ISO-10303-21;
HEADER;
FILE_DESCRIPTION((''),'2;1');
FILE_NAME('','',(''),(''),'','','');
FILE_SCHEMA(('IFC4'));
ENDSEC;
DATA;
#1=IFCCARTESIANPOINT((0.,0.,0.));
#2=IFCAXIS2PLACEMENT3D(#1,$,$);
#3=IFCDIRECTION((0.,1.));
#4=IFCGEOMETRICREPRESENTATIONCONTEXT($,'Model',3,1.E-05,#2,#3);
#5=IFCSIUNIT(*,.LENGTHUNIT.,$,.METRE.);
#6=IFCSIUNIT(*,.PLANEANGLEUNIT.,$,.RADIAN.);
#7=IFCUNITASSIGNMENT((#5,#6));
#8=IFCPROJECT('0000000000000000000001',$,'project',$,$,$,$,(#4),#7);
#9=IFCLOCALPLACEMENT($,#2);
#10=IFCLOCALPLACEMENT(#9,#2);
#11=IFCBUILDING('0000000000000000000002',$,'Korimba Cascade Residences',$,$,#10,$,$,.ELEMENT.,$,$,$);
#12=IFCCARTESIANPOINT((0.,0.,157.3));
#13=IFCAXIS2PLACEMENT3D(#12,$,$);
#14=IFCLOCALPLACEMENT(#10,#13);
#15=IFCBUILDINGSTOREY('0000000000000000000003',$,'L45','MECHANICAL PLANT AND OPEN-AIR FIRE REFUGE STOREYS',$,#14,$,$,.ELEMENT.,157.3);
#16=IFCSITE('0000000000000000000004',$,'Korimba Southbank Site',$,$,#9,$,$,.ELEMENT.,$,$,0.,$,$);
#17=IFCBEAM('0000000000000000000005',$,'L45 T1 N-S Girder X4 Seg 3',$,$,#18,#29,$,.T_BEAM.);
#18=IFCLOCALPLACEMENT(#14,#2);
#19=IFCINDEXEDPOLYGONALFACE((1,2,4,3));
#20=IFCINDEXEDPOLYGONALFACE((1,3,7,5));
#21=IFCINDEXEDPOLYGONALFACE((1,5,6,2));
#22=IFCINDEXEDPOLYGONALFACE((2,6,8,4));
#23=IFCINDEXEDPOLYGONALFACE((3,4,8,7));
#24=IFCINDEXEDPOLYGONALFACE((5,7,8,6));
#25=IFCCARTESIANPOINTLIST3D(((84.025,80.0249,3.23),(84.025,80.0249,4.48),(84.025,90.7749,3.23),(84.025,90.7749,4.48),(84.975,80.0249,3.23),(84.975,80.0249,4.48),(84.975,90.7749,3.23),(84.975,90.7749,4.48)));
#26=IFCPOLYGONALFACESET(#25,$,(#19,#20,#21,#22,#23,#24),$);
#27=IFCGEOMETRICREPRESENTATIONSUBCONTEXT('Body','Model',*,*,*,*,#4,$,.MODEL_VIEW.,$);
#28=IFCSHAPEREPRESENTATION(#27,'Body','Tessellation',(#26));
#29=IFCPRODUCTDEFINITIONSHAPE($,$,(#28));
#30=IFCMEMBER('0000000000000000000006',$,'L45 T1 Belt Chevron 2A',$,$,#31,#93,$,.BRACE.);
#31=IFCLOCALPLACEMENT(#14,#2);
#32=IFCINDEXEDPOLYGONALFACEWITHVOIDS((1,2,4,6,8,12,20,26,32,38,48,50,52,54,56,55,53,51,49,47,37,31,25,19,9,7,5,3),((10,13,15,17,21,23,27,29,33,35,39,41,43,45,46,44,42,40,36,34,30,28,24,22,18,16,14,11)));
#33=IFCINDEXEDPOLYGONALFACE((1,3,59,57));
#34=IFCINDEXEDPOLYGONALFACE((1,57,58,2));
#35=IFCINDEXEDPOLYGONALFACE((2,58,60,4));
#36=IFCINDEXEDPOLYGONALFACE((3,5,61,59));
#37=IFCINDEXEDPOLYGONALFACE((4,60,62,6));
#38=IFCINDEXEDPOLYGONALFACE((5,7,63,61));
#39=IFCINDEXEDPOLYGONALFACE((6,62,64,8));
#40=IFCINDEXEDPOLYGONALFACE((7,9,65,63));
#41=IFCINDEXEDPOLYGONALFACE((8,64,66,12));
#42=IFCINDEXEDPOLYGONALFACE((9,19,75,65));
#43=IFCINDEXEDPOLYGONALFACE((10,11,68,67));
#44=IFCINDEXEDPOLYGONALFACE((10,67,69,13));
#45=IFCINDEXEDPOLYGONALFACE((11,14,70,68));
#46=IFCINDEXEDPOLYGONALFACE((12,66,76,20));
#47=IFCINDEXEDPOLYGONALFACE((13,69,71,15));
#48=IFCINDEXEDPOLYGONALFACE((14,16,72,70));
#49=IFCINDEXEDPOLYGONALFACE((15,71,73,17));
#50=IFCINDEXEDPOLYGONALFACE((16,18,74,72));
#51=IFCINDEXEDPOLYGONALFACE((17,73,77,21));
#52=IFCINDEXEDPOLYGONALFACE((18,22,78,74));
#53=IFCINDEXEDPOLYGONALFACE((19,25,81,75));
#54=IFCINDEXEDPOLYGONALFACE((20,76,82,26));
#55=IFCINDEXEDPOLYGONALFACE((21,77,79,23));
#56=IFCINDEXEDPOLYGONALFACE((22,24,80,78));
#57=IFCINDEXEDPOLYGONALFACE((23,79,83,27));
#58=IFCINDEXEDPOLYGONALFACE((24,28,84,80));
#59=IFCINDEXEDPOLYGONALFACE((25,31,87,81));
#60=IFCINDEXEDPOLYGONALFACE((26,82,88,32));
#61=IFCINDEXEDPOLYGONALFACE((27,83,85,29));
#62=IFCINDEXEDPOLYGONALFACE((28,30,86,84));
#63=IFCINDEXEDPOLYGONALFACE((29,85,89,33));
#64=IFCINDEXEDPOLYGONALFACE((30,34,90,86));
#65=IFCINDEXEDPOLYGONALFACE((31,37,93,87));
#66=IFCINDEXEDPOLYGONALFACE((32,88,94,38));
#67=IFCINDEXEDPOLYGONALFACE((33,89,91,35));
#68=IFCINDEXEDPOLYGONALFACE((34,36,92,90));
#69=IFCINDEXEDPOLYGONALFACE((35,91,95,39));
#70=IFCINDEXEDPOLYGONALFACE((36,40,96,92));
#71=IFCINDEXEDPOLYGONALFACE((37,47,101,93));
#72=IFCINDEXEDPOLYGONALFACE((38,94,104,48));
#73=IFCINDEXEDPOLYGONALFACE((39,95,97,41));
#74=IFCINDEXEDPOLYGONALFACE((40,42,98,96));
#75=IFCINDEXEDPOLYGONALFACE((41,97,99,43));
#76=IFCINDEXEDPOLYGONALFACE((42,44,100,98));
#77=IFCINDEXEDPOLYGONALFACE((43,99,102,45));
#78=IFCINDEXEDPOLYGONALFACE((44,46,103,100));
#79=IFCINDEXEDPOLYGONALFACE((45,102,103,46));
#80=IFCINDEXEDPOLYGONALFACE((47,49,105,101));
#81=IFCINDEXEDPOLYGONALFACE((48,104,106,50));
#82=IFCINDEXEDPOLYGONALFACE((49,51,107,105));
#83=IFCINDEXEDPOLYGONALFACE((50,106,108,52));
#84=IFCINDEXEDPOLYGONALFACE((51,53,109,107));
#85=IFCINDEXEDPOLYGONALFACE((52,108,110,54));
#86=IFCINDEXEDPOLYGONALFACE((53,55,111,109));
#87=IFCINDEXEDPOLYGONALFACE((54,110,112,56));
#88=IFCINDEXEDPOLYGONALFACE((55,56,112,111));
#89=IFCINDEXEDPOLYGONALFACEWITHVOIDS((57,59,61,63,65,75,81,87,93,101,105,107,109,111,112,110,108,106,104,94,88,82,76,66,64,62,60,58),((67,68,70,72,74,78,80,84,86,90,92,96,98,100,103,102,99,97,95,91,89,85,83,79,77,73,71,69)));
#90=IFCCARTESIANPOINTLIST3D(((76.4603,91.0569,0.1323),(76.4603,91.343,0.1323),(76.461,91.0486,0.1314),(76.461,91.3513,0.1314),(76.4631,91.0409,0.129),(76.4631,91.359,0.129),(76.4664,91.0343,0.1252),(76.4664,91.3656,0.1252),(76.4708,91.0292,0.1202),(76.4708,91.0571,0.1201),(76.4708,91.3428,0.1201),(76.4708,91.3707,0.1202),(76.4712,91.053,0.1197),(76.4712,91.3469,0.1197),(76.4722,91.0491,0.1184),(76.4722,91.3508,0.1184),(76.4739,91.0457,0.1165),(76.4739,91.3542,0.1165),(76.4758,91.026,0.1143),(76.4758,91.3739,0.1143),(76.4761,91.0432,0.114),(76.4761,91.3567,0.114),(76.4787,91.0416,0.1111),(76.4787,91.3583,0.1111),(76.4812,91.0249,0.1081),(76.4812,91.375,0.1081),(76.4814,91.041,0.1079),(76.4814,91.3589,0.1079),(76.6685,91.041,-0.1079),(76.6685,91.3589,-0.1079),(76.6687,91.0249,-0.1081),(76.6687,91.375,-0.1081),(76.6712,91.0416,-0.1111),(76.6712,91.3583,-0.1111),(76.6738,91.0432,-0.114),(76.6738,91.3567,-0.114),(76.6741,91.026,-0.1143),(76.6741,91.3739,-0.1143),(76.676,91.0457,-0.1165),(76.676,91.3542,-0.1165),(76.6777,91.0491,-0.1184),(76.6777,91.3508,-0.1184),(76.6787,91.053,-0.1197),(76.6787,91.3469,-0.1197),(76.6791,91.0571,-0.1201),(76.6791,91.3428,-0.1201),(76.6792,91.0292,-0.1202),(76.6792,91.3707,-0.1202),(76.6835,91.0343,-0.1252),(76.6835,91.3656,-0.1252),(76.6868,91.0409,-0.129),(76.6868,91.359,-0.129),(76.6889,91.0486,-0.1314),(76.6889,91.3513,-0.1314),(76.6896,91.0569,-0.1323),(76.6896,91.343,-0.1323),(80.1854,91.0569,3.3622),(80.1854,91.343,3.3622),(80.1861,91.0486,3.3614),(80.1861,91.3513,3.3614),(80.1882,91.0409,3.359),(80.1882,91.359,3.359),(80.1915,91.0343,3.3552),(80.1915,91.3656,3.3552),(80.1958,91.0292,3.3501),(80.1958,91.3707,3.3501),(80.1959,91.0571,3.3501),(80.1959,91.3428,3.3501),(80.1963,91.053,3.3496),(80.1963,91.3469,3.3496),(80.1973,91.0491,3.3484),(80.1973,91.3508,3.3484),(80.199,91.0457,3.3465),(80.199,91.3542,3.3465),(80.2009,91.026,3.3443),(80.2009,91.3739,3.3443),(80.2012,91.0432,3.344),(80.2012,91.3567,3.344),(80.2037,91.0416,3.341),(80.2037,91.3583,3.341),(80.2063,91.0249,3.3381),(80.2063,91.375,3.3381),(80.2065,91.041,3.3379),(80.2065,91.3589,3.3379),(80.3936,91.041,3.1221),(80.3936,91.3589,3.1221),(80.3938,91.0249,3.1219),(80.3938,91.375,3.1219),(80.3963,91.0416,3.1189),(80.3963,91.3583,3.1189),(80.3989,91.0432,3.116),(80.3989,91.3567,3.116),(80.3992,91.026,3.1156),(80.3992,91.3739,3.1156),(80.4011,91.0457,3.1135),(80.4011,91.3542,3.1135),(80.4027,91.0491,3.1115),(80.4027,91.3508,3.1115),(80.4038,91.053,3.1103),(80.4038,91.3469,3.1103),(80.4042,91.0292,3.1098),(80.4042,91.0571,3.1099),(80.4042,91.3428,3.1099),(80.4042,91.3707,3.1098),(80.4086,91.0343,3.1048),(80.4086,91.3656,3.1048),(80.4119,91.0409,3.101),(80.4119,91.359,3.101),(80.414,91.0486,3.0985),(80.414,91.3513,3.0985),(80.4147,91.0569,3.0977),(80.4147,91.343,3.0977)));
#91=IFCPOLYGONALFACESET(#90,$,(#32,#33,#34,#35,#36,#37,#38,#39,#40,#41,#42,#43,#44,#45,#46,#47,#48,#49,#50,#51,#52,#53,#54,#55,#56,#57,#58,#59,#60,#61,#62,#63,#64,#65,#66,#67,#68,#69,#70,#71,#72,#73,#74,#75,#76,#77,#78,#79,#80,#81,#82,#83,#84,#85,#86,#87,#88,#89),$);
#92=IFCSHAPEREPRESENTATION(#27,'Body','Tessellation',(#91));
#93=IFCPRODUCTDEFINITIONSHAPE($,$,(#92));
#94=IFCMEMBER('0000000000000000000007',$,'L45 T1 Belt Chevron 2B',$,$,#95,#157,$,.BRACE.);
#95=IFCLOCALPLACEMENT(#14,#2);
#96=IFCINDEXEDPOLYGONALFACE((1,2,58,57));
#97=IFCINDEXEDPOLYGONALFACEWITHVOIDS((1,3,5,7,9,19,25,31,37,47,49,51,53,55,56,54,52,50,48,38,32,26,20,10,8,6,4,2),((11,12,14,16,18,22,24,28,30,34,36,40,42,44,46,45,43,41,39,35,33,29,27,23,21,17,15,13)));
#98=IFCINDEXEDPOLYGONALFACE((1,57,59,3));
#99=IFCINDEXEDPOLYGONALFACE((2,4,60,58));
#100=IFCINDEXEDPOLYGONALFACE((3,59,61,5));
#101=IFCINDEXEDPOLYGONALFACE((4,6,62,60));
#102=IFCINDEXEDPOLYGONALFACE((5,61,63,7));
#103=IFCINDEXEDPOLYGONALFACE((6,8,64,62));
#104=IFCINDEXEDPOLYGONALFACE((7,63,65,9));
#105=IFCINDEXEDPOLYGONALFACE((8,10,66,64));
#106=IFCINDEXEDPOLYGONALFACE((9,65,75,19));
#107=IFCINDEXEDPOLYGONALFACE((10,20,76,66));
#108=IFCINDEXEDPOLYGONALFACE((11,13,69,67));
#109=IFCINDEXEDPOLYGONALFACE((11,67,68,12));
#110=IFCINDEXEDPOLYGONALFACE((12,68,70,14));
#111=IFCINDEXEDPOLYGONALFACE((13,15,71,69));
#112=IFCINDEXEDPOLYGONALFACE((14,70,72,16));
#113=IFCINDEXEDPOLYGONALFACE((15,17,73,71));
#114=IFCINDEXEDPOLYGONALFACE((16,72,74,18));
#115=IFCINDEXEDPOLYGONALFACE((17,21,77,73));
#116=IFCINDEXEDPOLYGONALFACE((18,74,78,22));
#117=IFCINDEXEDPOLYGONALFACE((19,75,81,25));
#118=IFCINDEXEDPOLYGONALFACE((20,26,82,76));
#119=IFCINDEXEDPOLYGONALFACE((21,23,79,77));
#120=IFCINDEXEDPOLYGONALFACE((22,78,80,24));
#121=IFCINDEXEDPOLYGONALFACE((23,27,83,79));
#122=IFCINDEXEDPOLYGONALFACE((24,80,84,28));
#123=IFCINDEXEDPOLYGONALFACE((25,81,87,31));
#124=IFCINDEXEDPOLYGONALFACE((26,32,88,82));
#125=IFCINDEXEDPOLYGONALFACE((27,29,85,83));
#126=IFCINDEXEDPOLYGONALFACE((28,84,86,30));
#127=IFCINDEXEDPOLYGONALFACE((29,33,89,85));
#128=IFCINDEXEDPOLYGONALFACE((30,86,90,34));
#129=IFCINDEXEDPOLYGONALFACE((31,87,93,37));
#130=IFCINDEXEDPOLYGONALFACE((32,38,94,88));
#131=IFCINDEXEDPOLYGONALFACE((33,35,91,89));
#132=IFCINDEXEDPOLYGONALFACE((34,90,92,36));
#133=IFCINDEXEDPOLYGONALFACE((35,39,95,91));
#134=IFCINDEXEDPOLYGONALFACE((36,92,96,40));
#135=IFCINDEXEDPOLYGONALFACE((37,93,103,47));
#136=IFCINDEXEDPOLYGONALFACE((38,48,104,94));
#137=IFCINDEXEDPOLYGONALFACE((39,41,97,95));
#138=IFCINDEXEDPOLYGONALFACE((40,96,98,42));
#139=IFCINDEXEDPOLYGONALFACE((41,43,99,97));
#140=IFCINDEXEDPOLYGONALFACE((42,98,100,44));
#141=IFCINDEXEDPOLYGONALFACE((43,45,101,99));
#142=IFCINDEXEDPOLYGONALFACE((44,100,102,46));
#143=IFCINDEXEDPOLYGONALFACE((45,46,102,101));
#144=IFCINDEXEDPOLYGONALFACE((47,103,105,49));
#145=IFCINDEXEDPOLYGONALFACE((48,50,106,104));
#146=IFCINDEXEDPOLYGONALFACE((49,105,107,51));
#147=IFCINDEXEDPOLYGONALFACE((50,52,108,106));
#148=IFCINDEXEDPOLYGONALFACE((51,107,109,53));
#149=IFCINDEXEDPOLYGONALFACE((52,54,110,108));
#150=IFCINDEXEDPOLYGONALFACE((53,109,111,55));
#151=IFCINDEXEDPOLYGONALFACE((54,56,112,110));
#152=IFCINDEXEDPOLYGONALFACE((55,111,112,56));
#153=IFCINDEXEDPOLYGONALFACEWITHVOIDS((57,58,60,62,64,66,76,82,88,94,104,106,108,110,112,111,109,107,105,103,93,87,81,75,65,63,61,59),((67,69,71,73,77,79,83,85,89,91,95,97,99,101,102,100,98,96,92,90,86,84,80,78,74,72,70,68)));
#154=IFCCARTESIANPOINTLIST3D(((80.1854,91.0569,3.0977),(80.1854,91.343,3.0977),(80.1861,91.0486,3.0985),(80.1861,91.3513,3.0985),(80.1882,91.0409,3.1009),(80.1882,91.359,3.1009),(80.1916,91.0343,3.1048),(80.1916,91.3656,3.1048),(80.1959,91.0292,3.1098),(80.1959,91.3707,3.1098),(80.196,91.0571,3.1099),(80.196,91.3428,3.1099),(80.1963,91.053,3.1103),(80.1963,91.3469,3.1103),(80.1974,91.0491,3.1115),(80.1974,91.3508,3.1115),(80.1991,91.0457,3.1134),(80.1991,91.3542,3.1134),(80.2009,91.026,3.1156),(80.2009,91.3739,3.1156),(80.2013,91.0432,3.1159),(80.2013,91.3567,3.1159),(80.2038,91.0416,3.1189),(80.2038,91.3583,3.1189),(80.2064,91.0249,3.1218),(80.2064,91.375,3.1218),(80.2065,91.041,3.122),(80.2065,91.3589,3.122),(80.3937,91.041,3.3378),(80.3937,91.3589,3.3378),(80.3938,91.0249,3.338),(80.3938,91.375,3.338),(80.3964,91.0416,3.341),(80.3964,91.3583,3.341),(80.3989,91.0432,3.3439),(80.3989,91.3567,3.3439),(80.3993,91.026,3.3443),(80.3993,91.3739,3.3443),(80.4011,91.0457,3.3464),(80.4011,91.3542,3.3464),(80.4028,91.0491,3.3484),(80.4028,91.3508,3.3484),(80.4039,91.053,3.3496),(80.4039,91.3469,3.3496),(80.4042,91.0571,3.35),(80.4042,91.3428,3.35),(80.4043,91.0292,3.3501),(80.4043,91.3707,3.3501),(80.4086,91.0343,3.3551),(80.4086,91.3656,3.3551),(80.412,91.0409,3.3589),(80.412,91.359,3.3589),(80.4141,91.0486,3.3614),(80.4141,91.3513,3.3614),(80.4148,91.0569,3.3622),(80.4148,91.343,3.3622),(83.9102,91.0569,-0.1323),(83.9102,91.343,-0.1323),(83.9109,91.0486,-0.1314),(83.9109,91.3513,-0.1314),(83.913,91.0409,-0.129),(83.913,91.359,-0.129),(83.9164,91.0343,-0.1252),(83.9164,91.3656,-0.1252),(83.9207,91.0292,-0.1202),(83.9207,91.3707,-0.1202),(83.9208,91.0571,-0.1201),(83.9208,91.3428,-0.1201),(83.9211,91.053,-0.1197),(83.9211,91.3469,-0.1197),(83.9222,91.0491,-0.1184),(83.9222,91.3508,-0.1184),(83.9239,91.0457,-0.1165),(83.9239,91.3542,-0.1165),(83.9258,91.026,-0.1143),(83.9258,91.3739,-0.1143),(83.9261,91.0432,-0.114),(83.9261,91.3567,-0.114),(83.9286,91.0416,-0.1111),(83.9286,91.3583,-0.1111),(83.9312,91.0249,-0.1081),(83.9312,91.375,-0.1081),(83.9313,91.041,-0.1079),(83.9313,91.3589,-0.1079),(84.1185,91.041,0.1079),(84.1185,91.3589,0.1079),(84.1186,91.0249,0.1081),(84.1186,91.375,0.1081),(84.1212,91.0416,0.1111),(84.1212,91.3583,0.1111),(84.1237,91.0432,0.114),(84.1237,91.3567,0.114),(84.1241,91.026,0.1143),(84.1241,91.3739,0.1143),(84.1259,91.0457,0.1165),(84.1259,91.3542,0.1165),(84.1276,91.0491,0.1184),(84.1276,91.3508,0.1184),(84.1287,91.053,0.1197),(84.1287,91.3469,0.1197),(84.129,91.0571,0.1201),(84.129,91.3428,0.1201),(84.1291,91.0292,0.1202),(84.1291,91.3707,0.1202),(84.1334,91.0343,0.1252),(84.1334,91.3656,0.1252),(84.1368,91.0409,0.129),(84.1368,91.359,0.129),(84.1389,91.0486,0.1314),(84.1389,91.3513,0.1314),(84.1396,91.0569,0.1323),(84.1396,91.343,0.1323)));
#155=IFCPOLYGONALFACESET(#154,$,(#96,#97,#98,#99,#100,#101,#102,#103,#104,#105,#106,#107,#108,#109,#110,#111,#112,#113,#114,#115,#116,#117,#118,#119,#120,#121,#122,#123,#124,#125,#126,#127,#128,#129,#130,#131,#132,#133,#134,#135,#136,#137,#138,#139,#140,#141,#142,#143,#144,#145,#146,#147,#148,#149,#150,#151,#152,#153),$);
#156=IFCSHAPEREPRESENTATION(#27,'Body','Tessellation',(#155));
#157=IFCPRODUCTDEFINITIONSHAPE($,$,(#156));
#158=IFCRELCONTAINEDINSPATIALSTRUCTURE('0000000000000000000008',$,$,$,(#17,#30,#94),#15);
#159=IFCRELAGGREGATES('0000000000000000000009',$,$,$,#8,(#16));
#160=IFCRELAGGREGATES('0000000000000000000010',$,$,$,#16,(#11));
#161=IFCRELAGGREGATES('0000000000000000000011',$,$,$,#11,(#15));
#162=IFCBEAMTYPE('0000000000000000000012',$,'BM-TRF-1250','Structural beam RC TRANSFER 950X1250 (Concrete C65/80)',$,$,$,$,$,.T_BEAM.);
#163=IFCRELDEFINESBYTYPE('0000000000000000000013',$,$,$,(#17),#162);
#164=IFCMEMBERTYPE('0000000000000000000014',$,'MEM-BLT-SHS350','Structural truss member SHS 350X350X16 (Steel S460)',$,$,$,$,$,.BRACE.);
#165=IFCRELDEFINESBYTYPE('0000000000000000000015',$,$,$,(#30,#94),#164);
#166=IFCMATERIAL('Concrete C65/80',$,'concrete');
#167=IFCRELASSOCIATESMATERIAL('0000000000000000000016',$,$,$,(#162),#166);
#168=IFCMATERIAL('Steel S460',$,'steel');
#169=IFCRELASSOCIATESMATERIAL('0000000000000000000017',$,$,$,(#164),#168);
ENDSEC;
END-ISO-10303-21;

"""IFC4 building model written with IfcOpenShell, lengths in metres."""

from ifc_helpers import new_model, si_unit, direction, frame, origin, origin_2d, place, context, subcontext, project, spatial, rectangle, hollow_rectangle, extrude, material, material_profile, profile_set, type_object, element, save


model = new_model("IFC4")

# Units and contexts
model_context = context("Model", 3, precision=1e-05, world=origin(), true_north=direction((0.0, 1.0)))
body_context = subcontext(model_context, "Body", "Model", "MODEL_VIEW")
ifc_project = project(units=[si_unit("LENGTHUNIT", "METRE"), si_unit("PLANEANGLEUNIT", "RADIAN")], contexts=[model_context])

# Site, building, storey
site_placement = place(None, origin())
site = spatial("IfcSite", under=ifc_project, at=site_placement, Name="Korimba Southbank Site", CompositionType="ELEMENT", RefElevation=0.0)
building_placement = place(site_placement, origin())
building = spatial("IfcBuilding", under=site, at=building_placement, Name="Korimba Cascade Residences", CompositionType="ELEMENT")
storey_placement = place(building_placement, frame((0.0, 0.0, 157.3)))
storey = spatial("IfcBuildingStorey", under=building, at=storey_placement, Name="L45", Description="MECHANICAL PLANT AND OPEN-AIR FIRE REFUGE STOREYS", CompositionType="ELEMENT", Elevation=157.3)

# Shared definitions
ifc_material_1 = material(Name="Concrete C65/80", Category="concrete")

# Beam
ifc_material_profile_1 = material_profile(ifc_material_1, rectangle(XDim=0.95, YDim=1.25, at=origin_2d()), Name="Concrete C65/80")
ifc_profile_set_1 = profile_set([ifc_material_profile_1], Name="Concrete C65/80")
beam_type_1 = type_object("IfcBeamType", Name="BM-TRF-1250", Description="Structural beam RC TRANSFER 950X1250 (Concrete C65/80)", PredefinedType="T_BEAM", material=ifc_profile_set_1)
beam_1_placement = place(storey_placement, frame((84.5, 80.0249, 3.855), z_axis=(0.0, 1.0, 0.0), x_axis=(-1.0, 0.0, 0.0)))
element("IfcBeam", 1, at=beam_1_placement, inside=storey, type_object=beam_type_1, Name="L45 T1 N-S Girder X4 Seg 3", PredefinedType="T_BEAM", context=body_context, shape_type="SweptSolid", body=[
    extrude(rectangle(XDim=0.95, YDim=1.25, at=origin_2d()), origin(), (0.0, 0.0, 1.0), 10.75),
])

# Members
ifc_material_2 = material(Name="Steel S460", Category="steel")
ifc_material_profile_2 = material_profile(ifc_material_2, hollow_rectangle(XDim=0.3501, YDim=0.3501, WallThickness=0.0161, InnerFilletRadius=0.0161, OuterFilletRadius=0.032, at=origin_2d()), Name="Steel S460")
ifc_profile_set_2 = profile_set([ifc_material_profile_2], Name="Steel S460")
member_type_1 = type_object("IfcMemberType", Name="MEM-BLT-SHS350", Description="Structural truss member SHS 350X350X16 (Steel S460)", PredefinedType="BRACE", material=ifc_profile_set_2)
member_1_placement = place(storey_placement, frame((76.575, 91.2, 0.0), z_axis=(0.755532, 0.0, 0.655111), x_axis=(0.0, 1.0, 0.0)))
element("IfcMember", 2, at=member_1_placement, inside=storey, type_object=member_type_1, Name="L45 T1 Belt Chevron 2A", PredefinedType="BRACE", context=body_context, shape_type="SweptSolid", body=[
    extrude(hollow_rectangle(XDim=0.3501, YDim=0.3501, WallThickness=0.0161, InnerFilletRadius=0.0161, OuterFilletRadius=0.032, at=origin_2d()), origin(), (0.0, 0.0, 1.0), 4.9304),
])
member_2_placement = place(storey_placement, frame((84.0249, 91.2, 0.0), z_axis=(-0.755511, 0.0, 0.655136), x_axis=(0.0, -1.0, 0.0)))
element("IfcMember", 3, at=member_2_placement, inside=storey, type_object=member_type_1, Name="L45 T1 Belt Chevron 2B", PredefinedType="BRACE", context=body_context, shape_type="SweptSolid", body=[
    extrude(hollow_rectangle(XDim=0.3501, YDim=0.3501, WallThickness=0.0161, InnerFilletRadius=0.0161, OuterFilletRadius=0.032, at=origin_2d()), origin(), (0.0, 0.0, 1.0), 4.9302),
])

save(model, "model.ifc")
